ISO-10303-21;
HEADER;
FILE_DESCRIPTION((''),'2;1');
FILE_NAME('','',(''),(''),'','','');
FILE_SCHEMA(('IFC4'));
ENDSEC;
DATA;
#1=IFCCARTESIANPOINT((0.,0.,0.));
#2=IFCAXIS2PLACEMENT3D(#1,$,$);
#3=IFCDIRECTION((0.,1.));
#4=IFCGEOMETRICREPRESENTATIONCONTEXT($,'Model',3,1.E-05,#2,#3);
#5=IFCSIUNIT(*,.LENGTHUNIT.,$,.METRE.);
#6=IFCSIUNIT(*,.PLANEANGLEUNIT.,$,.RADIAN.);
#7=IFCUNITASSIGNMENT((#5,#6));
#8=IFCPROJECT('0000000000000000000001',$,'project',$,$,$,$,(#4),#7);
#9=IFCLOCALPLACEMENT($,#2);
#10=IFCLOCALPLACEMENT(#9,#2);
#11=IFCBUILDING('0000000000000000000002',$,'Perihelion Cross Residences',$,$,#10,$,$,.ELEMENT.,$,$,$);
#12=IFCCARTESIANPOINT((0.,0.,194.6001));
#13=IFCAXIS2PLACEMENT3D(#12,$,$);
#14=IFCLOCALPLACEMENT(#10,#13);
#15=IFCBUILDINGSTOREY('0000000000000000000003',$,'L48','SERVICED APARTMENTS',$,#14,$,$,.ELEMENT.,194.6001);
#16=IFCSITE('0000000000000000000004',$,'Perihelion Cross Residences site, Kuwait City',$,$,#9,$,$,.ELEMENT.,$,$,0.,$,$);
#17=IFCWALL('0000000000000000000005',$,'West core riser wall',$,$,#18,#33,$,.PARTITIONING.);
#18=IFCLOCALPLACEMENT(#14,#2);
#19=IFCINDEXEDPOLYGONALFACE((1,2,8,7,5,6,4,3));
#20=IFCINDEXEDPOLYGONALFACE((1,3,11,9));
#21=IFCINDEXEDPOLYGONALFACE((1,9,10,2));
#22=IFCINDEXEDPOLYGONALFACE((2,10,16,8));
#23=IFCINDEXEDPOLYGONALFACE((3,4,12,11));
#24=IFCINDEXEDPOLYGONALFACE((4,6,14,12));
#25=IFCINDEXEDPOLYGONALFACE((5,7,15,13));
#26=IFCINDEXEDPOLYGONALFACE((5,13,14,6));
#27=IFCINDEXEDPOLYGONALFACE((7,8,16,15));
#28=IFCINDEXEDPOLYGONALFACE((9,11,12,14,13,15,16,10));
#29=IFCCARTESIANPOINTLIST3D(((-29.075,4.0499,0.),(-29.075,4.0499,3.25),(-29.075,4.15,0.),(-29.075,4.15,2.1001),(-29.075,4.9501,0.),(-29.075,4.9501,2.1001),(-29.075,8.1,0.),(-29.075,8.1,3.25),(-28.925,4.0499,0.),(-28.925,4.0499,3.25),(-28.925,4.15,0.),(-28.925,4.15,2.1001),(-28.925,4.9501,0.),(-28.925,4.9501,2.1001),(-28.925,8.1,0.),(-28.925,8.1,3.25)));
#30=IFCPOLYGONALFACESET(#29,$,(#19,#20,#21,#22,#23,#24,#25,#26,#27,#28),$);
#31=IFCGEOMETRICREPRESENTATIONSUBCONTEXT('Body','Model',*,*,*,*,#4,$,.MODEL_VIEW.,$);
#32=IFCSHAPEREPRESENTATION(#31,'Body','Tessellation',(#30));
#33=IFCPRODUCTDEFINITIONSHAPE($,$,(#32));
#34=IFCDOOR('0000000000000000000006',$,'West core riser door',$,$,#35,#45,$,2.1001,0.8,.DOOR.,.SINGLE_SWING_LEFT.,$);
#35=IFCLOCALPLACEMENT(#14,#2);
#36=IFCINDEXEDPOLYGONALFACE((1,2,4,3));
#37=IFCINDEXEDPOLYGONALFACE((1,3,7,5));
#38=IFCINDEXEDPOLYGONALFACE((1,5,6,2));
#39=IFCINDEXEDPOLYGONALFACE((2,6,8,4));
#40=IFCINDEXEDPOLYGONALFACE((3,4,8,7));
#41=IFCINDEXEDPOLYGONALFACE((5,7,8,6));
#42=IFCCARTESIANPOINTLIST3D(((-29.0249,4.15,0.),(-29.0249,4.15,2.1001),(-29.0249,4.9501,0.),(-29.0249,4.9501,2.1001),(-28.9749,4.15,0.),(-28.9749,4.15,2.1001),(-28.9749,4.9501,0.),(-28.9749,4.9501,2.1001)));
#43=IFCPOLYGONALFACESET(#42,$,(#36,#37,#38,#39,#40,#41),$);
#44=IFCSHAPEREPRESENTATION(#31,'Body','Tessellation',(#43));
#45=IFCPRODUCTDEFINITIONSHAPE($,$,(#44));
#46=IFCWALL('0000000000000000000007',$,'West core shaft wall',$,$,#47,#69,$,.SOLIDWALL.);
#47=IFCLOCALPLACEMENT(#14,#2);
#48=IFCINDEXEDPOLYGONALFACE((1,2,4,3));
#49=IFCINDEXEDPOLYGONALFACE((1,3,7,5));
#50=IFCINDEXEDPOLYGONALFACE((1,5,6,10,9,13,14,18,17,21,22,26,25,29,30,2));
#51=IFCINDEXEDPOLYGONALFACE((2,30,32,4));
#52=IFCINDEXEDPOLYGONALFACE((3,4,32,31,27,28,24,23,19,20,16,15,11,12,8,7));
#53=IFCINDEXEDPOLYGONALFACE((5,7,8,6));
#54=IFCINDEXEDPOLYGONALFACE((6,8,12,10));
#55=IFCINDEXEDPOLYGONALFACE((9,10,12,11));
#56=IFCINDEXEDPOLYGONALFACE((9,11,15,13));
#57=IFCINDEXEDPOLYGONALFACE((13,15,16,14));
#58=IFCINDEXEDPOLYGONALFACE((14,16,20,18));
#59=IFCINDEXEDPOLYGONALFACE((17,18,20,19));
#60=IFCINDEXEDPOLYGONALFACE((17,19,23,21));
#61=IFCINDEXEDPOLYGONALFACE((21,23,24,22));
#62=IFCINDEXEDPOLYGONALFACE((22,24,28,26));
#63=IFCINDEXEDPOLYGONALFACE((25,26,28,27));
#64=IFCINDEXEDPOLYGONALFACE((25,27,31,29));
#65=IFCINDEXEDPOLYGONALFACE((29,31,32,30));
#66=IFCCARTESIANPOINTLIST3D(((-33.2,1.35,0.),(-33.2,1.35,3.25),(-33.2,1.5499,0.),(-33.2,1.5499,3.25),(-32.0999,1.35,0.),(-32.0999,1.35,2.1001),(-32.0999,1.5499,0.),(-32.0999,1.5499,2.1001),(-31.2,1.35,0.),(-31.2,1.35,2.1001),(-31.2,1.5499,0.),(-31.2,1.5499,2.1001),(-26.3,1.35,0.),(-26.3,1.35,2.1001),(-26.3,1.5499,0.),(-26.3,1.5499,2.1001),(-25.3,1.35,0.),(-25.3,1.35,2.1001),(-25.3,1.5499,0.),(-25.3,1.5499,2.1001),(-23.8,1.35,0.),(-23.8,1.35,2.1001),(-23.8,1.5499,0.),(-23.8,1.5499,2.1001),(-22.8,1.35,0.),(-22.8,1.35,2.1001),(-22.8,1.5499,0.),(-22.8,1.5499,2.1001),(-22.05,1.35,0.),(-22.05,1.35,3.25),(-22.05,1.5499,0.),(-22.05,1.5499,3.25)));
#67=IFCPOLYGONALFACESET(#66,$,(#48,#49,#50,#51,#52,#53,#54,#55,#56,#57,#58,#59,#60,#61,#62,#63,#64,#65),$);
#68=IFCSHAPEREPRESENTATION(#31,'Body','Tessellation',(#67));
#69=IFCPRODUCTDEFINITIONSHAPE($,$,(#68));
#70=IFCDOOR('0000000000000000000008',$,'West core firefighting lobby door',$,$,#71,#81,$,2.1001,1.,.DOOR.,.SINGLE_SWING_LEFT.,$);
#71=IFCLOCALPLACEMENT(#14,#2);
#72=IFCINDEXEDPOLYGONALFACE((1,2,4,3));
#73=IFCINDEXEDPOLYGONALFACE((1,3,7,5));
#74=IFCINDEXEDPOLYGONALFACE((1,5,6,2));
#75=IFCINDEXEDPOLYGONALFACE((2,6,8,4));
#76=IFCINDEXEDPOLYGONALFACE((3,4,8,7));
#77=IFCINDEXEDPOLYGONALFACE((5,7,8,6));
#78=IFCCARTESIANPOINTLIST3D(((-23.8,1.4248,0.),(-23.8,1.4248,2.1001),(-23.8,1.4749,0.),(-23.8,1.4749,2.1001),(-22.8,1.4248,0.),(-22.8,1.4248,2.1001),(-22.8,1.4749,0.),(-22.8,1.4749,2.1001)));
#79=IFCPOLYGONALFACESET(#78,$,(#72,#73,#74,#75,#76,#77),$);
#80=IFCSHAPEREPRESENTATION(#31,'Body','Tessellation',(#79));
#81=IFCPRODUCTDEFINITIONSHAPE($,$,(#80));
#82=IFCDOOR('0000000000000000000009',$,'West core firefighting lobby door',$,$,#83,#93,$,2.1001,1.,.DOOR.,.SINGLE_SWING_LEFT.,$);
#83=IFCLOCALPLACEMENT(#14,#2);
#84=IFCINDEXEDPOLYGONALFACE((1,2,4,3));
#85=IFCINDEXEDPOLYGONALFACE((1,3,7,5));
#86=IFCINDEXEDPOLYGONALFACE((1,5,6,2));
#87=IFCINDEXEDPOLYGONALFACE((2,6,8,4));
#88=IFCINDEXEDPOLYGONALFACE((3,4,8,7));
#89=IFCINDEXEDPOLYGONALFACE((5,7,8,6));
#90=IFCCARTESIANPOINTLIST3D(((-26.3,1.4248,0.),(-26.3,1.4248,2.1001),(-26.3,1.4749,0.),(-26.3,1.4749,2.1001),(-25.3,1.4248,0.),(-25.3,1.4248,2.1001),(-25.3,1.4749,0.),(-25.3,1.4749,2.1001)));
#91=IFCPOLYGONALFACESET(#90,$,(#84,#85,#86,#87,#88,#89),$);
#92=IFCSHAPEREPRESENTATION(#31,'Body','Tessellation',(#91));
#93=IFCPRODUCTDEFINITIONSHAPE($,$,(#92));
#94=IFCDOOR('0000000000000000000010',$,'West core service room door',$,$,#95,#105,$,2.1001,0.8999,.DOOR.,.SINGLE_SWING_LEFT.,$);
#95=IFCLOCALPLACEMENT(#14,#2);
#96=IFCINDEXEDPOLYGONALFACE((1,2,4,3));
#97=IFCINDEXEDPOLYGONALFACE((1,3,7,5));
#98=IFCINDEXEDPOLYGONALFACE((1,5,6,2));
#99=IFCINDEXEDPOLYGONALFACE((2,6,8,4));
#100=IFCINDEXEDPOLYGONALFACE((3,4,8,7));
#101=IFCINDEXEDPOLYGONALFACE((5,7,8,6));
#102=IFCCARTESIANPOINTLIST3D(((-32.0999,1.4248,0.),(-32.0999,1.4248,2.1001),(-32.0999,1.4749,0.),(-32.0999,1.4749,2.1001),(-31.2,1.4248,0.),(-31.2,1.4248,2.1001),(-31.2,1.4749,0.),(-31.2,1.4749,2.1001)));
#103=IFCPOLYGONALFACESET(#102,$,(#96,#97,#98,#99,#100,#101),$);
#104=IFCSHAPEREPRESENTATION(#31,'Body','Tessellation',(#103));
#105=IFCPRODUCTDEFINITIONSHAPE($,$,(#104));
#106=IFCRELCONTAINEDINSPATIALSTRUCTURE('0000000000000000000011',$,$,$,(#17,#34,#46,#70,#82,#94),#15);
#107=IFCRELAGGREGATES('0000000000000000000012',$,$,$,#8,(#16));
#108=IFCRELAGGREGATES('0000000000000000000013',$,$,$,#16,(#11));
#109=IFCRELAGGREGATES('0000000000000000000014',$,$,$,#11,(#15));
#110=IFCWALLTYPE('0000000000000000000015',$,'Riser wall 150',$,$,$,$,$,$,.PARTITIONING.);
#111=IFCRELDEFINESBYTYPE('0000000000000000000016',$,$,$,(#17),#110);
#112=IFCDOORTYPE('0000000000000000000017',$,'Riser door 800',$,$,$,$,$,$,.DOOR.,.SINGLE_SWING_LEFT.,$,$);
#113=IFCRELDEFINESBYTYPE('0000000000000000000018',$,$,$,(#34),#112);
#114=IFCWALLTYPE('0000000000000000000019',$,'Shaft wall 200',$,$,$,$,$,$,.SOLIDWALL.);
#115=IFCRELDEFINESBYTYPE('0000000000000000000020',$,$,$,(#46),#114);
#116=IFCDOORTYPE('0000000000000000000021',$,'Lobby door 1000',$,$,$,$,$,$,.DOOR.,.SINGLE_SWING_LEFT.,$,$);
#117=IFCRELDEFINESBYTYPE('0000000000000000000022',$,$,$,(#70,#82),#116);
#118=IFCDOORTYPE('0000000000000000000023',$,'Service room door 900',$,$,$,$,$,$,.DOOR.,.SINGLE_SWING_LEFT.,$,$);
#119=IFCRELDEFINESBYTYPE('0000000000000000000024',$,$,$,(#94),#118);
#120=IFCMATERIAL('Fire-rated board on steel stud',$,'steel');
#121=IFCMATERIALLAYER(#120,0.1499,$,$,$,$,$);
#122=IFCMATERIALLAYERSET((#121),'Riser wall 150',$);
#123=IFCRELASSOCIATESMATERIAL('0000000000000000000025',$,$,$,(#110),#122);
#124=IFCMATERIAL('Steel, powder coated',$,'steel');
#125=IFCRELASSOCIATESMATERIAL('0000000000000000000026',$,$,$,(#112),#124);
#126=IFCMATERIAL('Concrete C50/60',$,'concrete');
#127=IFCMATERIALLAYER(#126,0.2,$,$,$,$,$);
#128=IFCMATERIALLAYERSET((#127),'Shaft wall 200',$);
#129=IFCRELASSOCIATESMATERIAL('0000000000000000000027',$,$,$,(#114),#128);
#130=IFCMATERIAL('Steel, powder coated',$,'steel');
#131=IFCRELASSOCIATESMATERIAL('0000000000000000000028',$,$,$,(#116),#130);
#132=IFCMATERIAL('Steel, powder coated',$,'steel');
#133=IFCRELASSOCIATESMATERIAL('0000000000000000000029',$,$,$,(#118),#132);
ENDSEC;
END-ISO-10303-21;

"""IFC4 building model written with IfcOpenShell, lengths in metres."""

from ifc_helpers import new_model, si_unit, direction, frame, frame_2d, origin, place, context, subcontext, project, spatial, rectangle, extrude, material, layer, layer_set, type_object, element, fill, save


model = new_model("IFC4")

# Units and contexts
model_context = context("Model", 3, precision=1e-05, world=origin(), true_north=direction((0.0, 1.0)))
body_context = subcontext(model_context, "Body", "Model", "MODEL_VIEW")
ifc_project = project(units=[si_unit("LENGTHUNIT", "METRE"), si_unit("PLANEANGLEUNIT", "RADIAN")], contexts=[model_context])

# Site, building, storey
site_placement = place(None, origin())
site = spatial("IfcSite", under=ifc_project, at=site_placement, Name="Perihelion Cross Residences site, Kuwait City", CompositionType="ELEMENT", RefElevation=0.0)
building_placement = place(site_placement, origin())
building = spatial("IfcBuilding", under=site, at=building_placement, Name="Perihelion Cross Residences", CompositionType="ELEMENT")
storey_placement = place(building_placement, frame((0.0, 0.0, 194.6001)))
storey = spatial("IfcBuildingStorey", under=building, at=storey_placement, Name="L48", Description="SERVICED APARTMENTS", CompositionType="ELEMENT", Elevation=194.6001)

# Wall, opening, door
ifc_material_1 = material(Name="Fire-rated board on steel stud", Category="steel")
ifc_layer_1 = layer(ifc_material_1, 0.1499)
ifc_layer_set_1 = layer_set([ifc_layer_1], Name="Riser wall 150")
wall_type_1 = type_object("IfcWallType", Name="Riser wall 150", PredefinedType="PARTITIONING", material=ifc_layer_set_1)
wall_1_placement = place(storey_placement, frame((-29.0, 4.05, 0.0), z_axis=(0.0, 0.0, 1.0), x_axis=(0.0, 1.0, 0.0)))
wall_1 = element("IfcWall", 1, at=wall_1_placement, inside=storey, type_object=wall_type_1, Name="West core riser wall", PredefinedType="PARTITIONING", context=body_context, shape_type="SweptSolid", body=[
    extrude(rectangle(XDim=4.05, YDim=0.1499, at=frame_2d((2.0249, 0.0))), origin(), (0.0, 0.0, 1.0), 3.25),
])
opening_1_placement = place(wall_1_placement, frame((0.1001, 0.0, 0.0)))
opening_1 = element("IfcOpeningElement", 2, at=opening_1_placement, cuts=wall_1, PredefinedType="OPENING", context=body_context, shape_type="SweptSolid", body=[
    extrude(rectangle(XDim=0.8, YDim=2.1001, at=frame_2d((0.3999, 1.05))), frame((0.0, 0.085, 0.0), z_axis=(0.0, -1.0, 0.0), x_axis=(1.0, 0.0, 0.0)), (0.0, 0.0, 1.0), 0.1699),
])
ifc_material_2 = material(Name="Steel, powder coated", Category="steel")
door_type_1 = type_object("IfcDoorType", Name="Riser door 800", OperationType="SINGLE_SWING_LEFT", PredefinedType="DOOR", material=ifc_material_2)
door_1_placement = place(opening_1_placement, origin())
door_1 = element("IfcDoor", 3, at=door_1_placement, inside=storey, type_object=door_type_1, Name="West core riser door", OperationType="SINGLE_SWING_LEFT", OverallHeight=2.1001, OverallWidth=0.8, PredefinedType="DOOR", context=body_context, shape_type="SweptSolid", body=[
    extrude(rectangle(XDim=0.8, YDim=2.1001, at=frame_2d((0.3999, 1.05))), frame((0.0, 0.0249, 0.0), z_axis=(0.0, -1.0, 0.0), x_axis=(1.0, 0.0, 0.0)), (0.0, 0.0, 1.0), 0.05),
])
fill(opening_1, door_1)

# Wall, openings, doors
ifc_material_3 = material(Name="Concrete C50/60", Category="concrete")
ifc_layer_2 = layer(ifc_material_3, 0.2)
ifc_layer_set_2 = layer_set([ifc_layer_2], Name="Shaft wall 200")
wall_type_2 = type_object("IfcWallType", Name="Shaft wall 200", PredefinedType="SOLIDWALL", material=ifc_layer_set_2)
wall_2_placement = place(storey_placement, frame((-33.2, 1.45, 0.0), z_axis=(0.0, 0.0, 1.0), x_axis=(1.0, 0.0, 0.0)))
wall_2 = element("IfcWall", 4, at=wall_2_placement, inside=storey, type_object=wall_type_2, Name="West core shaft wall", PredefinedType="SOLIDWALL", context=body_context, shape_type="SweptSolid", body=[
    extrude(rectangle(XDim=11.1499, YDim=0.2, at=frame_2d((5.575, 0.0))), origin(), (0.0, 0.0, 1.0), 3.25),
])
opening_2_placement = place(wall_2_placement, frame((9.3999, 0.0, 0.0)))
opening_2 = element("IfcOpeningElement", 5, at=opening_2_placement, cuts=wall_2, PredefinedType="OPENING", context=body_context, shape_type="SweptSolid", body=[
    extrude(rectangle(XDim=1.0, YDim=2.1001, at=frame_2d((0.5, 1.05))), frame((0.0, 0.1099, 0.0), z_axis=(0.0, -1.0, 0.0), x_axis=(1.0, 0.0, 0.0)), (0.0, 0.0, 1.0), 0.22),
])
opening_3_placement = place(wall_2_placement, frame((6.8999, 0.0, 0.0)))
opening_3 = element("IfcOpeningElement", 6, at=opening_3_placement, cuts=wall_2, PredefinedType="OPENING", context=body_context, shape_type="SweptSolid", body=[
    extrude(rectangle(XDim=1.0, YDim=2.1001, at=frame_2d((0.5, 1.05))), frame((0.0, 0.1099, 0.0), z_axis=(0.0, -1.0, 0.0), x_axis=(1.0, 0.0, 0.0)), (0.0, 0.0, 1.0), 0.22),
])
opening_4_placement = place(wall_2_placement, frame((1.1001, 0.0, 0.0)))
opening_4 = element("IfcOpeningElement", 7, at=opening_4_placement, cuts=wall_2, PredefinedType="OPENING", context=body_context, shape_type="SweptSolid", body=[
    extrude(rectangle(XDim=0.8999, YDim=2.1001, at=frame_2d((0.45, 1.05))), frame((0.0, 0.1099, 0.0), z_axis=(0.0, -1.0, 0.0), x_axis=(1.0, 0.0, 0.0)), (0.0, 0.0, 1.0), 0.22),
])
ifc_material_4 = material(Name="Steel, powder coated", Category="steel")
door_type_2 = type_object("IfcDoorType", Name="Lobby door 1000", OperationType="SINGLE_SWING_LEFT", PredefinedType="DOOR", material=ifc_material_4)
door_2_placement = place(opening_2_placement, origin())
door_2 = element("IfcDoor", 8, at=door_2_placement, inside=storey, type_object=door_type_2, Name="West core firefighting lobby door", OperationType="SINGLE_SWING_LEFT", OverallHeight=2.1001, OverallWidth=1.0, PredefinedType="DOOR", context=body_context, shape_type="SweptSolid", body=[
    extrude(rectangle(XDim=1.0, YDim=2.1001, at=frame_2d((0.5, 1.05))), frame((0.0, 0.0249, 0.0), z_axis=(0.0, -1.0, 0.0), x_axis=(1.0, 0.0, 0.0)), (0.0, 0.0, 1.0), 0.05),
])
fill(opening_2, door_2)
door_3_placement = place(opening_3_placement, origin())
door_3 = element("IfcDoor", 9, at=door_3_placement, inside=storey, type_object=door_type_2, Name="West core firefighting lobby door", OperationType="SINGLE_SWING_LEFT", OverallHeight=2.1001, OverallWidth=1.0, PredefinedType="DOOR", context=body_context, shape_type="SweptSolid", body=[
    extrude(rectangle(XDim=1.0, YDim=2.1001, at=frame_2d((0.5, 1.05))), frame((0.0, 0.0249, 0.0), z_axis=(0.0, -1.0, 0.0), x_axis=(1.0, 0.0, 0.0)), (0.0, 0.0, 1.0), 0.05),
])
fill(opening_3, door_3)
ifc_material_5 = material(Name="Steel, powder coated", Category="steel")
door_type_3 = type_object("IfcDoorType", Name="Service room door 900", OperationType="SINGLE_SWING_LEFT", PredefinedType="DOOR", material=ifc_material_5)
door_4_placement = place(opening_4_placement, origin())
door_4 = element("IfcDoor", 10, at=door_4_placement, inside=storey, type_object=door_type_3, Name="West core service room door", OperationType="SINGLE_SWING_LEFT", OverallHeight=2.1001, OverallWidth=0.8999, PredefinedType="DOOR", context=body_context, shape_type="SweptSolid", body=[
    extrude(rectangle(XDim=0.8999, YDim=2.1001, at=frame_2d((0.45, 1.05))), frame((0.0, 0.0249, 0.0), z_axis=(0.0, -1.0, 0.0), x_axis=(1.0, 0.0, 0.0)), (0.0, 0.0, 1.0), 0.05),
])
fill(opening_4, door_4)

save(model, "model.ifc")
